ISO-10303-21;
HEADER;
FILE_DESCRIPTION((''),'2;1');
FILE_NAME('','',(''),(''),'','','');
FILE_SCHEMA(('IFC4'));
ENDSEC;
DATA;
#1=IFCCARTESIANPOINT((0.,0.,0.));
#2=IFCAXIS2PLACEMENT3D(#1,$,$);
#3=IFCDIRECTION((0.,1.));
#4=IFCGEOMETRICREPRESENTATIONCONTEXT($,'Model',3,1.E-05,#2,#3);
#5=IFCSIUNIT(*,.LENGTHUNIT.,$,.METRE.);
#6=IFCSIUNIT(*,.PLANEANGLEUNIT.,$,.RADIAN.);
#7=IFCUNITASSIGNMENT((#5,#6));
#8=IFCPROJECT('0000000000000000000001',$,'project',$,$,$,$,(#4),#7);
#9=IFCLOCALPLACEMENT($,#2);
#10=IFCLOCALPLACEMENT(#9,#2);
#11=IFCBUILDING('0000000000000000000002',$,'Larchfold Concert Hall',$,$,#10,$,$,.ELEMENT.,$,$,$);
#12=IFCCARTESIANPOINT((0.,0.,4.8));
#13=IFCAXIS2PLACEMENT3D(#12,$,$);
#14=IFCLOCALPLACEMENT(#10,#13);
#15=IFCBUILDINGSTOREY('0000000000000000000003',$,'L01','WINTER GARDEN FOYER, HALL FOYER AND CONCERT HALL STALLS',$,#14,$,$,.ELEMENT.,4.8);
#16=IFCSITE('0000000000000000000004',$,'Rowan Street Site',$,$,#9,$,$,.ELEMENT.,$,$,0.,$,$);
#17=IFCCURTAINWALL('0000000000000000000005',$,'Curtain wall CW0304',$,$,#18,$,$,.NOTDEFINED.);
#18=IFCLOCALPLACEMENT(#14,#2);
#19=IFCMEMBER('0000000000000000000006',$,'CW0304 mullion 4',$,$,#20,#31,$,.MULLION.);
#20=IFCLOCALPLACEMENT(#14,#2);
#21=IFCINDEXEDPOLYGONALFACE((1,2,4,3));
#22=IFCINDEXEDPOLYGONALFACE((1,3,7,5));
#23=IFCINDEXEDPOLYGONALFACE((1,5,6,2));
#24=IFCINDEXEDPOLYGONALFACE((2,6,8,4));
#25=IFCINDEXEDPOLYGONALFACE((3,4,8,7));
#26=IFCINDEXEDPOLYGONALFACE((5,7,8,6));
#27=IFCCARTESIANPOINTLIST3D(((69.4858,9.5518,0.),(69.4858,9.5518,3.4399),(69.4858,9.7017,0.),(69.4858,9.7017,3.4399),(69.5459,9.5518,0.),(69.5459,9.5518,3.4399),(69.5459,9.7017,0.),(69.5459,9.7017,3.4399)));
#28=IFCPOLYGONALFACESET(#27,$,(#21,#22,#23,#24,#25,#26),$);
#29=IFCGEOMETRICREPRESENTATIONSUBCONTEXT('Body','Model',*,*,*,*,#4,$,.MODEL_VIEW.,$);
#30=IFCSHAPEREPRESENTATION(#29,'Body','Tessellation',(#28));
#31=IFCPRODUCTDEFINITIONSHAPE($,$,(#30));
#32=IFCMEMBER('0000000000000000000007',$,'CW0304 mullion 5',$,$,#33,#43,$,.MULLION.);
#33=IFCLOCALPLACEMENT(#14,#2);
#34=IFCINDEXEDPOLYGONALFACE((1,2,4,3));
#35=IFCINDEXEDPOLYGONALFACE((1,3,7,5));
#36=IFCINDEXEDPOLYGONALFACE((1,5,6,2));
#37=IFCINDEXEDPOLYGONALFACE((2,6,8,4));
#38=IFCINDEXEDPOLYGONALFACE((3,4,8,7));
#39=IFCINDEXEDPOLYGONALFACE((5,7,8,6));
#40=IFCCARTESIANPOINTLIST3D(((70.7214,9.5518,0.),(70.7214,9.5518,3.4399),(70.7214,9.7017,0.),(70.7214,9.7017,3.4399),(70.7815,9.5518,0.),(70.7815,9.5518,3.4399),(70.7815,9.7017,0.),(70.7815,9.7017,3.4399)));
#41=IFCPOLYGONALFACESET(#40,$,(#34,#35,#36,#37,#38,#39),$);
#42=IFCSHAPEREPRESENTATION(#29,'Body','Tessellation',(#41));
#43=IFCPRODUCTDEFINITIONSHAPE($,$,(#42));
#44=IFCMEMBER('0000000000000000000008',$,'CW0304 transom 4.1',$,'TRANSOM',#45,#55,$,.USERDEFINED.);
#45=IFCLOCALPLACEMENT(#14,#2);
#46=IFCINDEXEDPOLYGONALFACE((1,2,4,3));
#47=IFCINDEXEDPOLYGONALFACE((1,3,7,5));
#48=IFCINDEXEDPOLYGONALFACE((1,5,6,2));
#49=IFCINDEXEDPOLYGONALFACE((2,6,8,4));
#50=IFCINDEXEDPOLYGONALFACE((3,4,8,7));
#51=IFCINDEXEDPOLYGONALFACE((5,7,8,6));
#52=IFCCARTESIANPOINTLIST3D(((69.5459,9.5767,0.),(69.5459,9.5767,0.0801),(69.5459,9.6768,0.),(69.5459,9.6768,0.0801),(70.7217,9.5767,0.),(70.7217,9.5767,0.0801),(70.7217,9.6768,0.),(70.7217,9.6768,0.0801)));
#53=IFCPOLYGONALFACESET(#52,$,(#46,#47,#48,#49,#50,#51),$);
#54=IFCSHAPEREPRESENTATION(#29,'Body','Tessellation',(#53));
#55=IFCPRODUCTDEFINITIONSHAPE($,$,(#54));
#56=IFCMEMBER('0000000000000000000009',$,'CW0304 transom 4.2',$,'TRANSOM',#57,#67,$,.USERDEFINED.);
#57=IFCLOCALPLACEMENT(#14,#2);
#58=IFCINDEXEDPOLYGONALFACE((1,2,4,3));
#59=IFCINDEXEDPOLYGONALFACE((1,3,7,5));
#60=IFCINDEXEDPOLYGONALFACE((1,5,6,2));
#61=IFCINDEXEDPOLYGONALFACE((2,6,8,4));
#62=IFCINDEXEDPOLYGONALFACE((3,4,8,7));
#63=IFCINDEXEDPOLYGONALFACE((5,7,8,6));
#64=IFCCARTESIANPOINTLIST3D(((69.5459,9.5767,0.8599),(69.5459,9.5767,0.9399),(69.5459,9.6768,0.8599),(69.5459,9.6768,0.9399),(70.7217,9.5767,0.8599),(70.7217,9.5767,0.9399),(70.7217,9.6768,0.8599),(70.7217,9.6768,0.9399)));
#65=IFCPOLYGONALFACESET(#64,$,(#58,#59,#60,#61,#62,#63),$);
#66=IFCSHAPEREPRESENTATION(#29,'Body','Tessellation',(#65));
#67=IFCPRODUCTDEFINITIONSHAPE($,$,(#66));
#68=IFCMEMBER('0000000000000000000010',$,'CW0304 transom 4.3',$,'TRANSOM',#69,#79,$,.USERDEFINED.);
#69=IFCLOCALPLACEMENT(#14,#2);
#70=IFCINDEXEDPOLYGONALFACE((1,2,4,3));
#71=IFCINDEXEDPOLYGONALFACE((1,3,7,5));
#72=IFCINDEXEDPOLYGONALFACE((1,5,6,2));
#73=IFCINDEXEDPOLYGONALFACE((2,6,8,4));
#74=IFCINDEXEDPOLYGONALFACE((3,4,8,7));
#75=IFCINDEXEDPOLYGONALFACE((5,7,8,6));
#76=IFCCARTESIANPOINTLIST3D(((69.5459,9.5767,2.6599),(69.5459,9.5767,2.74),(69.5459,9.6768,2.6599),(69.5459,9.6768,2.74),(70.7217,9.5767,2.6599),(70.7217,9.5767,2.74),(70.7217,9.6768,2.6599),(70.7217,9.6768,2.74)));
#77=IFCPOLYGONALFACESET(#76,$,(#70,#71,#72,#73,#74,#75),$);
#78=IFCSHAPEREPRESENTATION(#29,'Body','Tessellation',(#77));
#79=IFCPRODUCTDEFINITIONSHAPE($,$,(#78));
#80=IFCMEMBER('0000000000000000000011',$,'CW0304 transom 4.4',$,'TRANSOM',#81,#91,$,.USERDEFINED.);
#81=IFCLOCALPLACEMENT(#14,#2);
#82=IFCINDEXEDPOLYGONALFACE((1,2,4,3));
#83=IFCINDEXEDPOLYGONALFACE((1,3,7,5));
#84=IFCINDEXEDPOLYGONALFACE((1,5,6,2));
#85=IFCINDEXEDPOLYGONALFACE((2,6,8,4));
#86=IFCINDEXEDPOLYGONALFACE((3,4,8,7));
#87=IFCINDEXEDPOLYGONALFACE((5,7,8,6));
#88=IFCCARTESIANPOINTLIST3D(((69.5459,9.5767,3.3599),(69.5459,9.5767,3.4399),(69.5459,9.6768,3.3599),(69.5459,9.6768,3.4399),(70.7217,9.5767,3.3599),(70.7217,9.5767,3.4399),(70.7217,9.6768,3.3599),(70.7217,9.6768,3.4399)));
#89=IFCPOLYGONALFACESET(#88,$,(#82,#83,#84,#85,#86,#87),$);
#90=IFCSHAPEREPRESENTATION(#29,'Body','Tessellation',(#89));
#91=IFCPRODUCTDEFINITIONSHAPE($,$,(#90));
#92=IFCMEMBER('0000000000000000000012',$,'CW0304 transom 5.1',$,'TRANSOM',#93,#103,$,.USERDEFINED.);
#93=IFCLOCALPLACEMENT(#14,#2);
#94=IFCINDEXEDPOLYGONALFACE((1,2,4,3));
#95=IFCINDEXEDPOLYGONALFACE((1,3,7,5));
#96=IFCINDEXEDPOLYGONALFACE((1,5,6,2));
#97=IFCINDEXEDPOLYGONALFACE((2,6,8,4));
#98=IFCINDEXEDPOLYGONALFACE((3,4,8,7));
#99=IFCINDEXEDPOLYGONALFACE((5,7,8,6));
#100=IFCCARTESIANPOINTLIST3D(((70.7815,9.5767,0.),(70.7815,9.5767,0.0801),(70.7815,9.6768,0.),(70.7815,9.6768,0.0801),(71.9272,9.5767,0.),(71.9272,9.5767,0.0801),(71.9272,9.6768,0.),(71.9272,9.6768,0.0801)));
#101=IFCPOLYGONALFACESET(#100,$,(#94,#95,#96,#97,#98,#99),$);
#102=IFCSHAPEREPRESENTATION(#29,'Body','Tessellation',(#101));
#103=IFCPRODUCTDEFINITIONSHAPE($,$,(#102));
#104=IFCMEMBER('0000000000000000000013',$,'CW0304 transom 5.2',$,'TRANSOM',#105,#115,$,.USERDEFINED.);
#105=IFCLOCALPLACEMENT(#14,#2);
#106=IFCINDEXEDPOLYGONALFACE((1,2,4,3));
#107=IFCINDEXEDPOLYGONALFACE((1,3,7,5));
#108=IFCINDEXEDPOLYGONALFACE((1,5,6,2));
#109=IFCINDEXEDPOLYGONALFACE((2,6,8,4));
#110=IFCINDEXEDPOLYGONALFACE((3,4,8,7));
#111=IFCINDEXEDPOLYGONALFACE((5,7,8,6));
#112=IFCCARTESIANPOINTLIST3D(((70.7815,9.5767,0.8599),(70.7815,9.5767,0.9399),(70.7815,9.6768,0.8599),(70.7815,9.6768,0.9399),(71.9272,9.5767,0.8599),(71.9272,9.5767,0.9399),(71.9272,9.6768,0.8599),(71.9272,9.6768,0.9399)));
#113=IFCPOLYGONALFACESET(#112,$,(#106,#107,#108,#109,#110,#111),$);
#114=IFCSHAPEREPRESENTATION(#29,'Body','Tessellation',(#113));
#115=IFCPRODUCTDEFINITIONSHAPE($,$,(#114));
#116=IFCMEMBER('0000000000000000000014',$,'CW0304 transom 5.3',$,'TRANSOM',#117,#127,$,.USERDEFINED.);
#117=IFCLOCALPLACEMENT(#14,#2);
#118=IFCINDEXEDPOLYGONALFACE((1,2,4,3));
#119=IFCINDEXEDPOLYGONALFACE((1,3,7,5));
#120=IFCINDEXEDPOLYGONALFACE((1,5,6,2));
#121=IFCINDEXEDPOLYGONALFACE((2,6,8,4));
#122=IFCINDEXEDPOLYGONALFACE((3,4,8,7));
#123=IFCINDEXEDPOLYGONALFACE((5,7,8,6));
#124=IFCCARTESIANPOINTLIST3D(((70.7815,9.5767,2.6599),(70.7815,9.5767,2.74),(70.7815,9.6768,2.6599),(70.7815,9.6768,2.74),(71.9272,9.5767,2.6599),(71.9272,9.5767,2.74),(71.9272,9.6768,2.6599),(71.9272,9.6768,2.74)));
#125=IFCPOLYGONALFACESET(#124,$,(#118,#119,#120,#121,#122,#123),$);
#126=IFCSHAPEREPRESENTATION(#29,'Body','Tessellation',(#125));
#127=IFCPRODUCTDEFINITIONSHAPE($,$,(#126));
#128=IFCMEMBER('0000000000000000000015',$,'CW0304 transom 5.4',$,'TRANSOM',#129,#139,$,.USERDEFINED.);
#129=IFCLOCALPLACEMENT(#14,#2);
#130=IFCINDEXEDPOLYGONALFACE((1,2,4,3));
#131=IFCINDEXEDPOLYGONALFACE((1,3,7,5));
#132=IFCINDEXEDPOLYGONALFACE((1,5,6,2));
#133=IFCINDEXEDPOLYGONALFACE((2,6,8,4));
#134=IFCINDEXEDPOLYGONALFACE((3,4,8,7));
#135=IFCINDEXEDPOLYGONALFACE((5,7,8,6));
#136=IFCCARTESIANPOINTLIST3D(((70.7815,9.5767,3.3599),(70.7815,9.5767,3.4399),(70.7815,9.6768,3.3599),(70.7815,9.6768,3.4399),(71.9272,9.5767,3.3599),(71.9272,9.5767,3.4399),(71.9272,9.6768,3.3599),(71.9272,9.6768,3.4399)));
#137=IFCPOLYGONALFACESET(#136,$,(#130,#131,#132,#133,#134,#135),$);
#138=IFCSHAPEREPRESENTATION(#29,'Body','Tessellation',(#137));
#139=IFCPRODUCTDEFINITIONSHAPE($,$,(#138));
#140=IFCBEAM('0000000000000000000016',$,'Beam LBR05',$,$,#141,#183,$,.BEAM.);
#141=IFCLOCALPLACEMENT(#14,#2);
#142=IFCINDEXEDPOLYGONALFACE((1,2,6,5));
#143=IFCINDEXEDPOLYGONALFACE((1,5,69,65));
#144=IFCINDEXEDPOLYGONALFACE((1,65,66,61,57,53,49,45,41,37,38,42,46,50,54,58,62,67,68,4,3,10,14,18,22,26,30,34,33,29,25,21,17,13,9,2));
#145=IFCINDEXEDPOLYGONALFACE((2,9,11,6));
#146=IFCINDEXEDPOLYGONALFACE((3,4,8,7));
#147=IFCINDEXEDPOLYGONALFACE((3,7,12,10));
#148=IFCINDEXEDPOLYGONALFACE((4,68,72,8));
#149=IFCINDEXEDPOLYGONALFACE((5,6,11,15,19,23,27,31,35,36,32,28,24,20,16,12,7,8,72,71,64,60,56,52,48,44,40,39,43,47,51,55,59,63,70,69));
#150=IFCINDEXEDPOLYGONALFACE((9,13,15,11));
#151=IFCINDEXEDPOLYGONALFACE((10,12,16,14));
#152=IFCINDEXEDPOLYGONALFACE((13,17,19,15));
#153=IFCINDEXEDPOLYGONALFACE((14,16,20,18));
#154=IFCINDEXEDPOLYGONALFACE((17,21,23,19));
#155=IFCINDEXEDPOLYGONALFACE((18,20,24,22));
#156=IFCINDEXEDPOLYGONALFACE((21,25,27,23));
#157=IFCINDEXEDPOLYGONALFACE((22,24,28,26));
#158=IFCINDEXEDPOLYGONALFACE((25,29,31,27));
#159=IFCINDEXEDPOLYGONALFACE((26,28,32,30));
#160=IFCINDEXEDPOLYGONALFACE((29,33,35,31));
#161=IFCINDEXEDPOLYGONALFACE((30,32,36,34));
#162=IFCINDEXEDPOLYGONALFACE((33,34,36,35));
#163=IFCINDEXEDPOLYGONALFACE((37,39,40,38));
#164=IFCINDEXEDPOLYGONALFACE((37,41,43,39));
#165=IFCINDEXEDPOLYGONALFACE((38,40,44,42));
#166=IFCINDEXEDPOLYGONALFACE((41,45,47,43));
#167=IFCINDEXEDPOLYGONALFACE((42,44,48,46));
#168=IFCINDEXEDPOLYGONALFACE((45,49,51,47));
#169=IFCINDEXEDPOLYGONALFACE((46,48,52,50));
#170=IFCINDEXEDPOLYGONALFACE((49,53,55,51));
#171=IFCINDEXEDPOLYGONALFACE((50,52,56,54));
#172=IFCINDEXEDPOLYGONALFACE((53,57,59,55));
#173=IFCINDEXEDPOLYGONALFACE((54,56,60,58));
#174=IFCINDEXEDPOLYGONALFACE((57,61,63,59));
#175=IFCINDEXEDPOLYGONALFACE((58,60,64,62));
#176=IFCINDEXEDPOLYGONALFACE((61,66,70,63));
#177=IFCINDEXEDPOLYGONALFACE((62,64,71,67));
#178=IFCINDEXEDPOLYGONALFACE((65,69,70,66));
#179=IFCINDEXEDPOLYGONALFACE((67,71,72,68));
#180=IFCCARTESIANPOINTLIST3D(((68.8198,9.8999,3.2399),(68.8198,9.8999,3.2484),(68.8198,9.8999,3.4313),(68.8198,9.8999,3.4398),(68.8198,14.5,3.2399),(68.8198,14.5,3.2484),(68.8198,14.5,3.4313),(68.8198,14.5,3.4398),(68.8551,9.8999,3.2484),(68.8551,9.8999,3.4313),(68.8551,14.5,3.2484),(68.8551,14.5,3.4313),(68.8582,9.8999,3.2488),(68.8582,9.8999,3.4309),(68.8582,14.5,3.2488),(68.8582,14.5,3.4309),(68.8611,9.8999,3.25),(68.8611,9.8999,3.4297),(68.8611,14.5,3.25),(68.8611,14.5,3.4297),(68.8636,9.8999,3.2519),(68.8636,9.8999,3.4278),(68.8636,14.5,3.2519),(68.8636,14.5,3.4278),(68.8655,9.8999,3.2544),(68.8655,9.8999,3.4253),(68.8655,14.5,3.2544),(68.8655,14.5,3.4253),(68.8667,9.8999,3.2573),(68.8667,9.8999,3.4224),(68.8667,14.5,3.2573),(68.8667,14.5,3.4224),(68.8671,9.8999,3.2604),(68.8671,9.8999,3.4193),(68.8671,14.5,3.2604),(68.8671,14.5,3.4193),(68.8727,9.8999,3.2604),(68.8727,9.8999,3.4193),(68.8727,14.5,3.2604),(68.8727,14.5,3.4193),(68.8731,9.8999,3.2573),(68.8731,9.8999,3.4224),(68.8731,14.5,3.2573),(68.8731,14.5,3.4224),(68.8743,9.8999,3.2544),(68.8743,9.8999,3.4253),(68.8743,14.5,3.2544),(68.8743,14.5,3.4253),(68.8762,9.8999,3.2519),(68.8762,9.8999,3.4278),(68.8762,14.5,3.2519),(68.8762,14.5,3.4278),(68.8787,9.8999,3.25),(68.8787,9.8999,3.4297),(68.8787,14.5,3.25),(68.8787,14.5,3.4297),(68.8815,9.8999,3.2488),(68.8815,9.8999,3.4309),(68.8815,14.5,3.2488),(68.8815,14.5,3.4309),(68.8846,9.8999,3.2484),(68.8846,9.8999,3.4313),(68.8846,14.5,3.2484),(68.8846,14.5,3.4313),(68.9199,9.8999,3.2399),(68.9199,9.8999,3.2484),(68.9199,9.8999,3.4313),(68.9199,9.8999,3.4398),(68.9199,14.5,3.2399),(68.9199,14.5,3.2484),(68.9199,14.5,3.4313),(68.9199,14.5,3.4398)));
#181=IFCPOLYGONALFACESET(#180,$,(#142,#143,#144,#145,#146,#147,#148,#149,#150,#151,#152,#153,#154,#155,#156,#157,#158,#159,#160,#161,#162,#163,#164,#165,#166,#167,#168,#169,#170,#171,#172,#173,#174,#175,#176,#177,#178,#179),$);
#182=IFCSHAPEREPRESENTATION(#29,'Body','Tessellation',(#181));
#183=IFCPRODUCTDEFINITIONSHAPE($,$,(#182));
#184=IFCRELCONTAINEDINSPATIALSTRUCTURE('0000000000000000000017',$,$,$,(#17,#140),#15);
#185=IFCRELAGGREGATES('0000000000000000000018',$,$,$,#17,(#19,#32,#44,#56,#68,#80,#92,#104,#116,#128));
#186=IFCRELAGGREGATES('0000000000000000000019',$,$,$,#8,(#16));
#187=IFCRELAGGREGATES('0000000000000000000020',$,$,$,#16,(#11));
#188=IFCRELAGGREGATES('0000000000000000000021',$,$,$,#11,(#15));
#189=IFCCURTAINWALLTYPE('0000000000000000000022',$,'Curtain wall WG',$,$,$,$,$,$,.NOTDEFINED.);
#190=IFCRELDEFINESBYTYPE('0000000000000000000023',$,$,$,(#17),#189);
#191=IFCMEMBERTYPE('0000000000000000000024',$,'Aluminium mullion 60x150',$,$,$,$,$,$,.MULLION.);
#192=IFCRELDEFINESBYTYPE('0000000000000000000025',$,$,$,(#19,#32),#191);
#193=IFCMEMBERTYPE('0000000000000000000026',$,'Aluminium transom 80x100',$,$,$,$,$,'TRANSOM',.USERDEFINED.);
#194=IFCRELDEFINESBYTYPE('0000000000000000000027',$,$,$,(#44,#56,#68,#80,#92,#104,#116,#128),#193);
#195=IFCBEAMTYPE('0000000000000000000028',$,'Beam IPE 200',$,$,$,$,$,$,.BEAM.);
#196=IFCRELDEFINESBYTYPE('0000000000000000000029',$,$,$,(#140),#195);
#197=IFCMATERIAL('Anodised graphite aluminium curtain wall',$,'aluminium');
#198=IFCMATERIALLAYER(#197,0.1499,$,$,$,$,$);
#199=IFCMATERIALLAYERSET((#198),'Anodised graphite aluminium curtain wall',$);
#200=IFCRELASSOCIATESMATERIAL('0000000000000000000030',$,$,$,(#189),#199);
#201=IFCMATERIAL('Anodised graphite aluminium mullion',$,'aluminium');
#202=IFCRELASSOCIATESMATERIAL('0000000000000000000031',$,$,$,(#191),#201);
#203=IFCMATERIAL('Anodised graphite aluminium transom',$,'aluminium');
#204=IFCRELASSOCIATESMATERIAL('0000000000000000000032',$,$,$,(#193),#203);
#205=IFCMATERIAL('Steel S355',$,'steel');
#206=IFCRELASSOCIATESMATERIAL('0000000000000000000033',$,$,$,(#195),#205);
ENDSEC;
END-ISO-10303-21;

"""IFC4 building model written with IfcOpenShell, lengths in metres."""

from ifc_helpers import new_model, si_unit, direction, frame, origin, origin_2d, place, context, subcontext, project, spatial, rectangle, i_section, extrude, material, layer, layer_set, material_profile, profile_set, type_object, element, aggregate, save


model = new_model("IFC4")

# Units and contexts
model_context = context("Model", 3, precision=1e-05, world=origin(), true_north=direction((0.0, 1.0)))
body_context = subcontext(model_context, "Body", "Model", "MODEL_VIEW")
ifc_project = project(units=[si_unit("LENGTHUNIT", "METRE"), si_unit("PLANEANGLEUNIT", "RADIAN")], contexts=[model_context])

# Site, building, storey
site_placement = place(None, origin())
site = spatial("IfcSite", under=ifc_project, at=site_placement, Name="Rowan Street Site", CompositionType="ELEMENT", RefElevation=0.0)
building_placement = place(site_placement, origin())
building = spatial("IfcBuilding", under=site, at=building_placement, Name="Larchfold Concert Hall", CompositionType="ELEMENT")
storey_placement = place(building_placement, frame((0.0, 0.0, 4.8)))
storey = spatial("IfcBuildingStorey", under=building, at=storey_placement, Name="L01", Description="WINTER GARDEN FOYER, HALL FOYER AND CONCERT HALL STALLS", CompositionType="ELEMENT", Elevation=4.8)

# Curtain wall, members
ifc_material_1 = material(Name="Anodised graphite aluminium curtain wall", Category="aluminium")
ifc_layer_1 = layer(ifc_material_1, 0.1499)
ifc_layer_set_1 = layer_set([ifc_layer_1], Name="Anodised graphite aluminium curtain wall")
curtain_wall_type = type_object("IfcCurtainWallType", Name="Curtain wall WG", PredefinedType="NOTDEFINED", material=ifc_layer_set_1)
curtain_wall_placement = place(storey_placement, origin())
curtain_wall = element("IfcCurtainWall", 1, at=curtain_wall_placement, inside=storey, type_object=curtain_wall_type, Name="Curtain wall CW0304", PredefinedType="NOTDEFINED")
ifc_material_2 = material(Name="Anodised graphite aluminium mullion", Category="aluminium")
ifc_material_profile_1 = material_profile(ifc_material_2, rectangle(XDim=0.1499, YDim=0.0601, at=origin_2d()))
ifc_profile_set_1 = profile_set([ifc_material_profile_1], Name="Anodised graphite aluminium mullion")
member_type_1 = type_object("IfcMemberType", Name="Aluminium mullion 60x150", PredefinedType="MULLION", material=ifc_profile_set_1)
member_1_placement = place(storey_placement, frame((69.5159, 9.6267, 0.0), z_axis=(0.0, 0.0, 1.0), x_axis=(0.0, 1.0, 0.0)))
member_1 = element("IfcMember", 2, at=member_1_placement, type_object=member_type_1, Name="CW0304 mullion 4", PredefinedType="MULLION", context=body_context, shape_type="SweptSolid", body=[
    extrude(rectangle(XDim=0.1499, YDim=0.0601, at=origin_2d()), origin(), (0.0, 0.0, 1.0), 3.4399),
])
member_2_placement = place(storey_placement, frame((70.7515, 9.6267, 0.0), z_axis=(0.0, 0.0, 1.0), x_axis=(0.0, 1.0, 0.0)))
member_2 = element("IfcMember", 3, at=member_2_placement, type_object=member_type_1, Name="CW0304 mullion 5", PredefinedType="MULLION", context=body_context, shape_type="SweptSolid", body=[
    extrude(rectangle(XDim=0.1499, YDim=0.0601, at=origin_2d()), origin(), (0.0, 0.0, 1.0), 3.4399),
])
ifc_material_3 = material(Name="Anodised graphite aluminium transom", Category="aluminium")
ifc_material_profile_2 = material_profile(ifc_material_3, rectangle(XDim=0.1001, YDim=0.0801, at=origin_2d()))
ifc_profile_set_2 = profile_set([ifc_material_profile_2], Name="Anodised graphite aluminium transom")
member_type_2 = type_object("IfcMemberType", Name="Aluminium transom 80x100", ElementType="TRANSOM", PredefinedType="USERDEFINED", material=ifc_profile_set_2)
member_3_placement = place(storey_placement, frame((69.5459, 9.6267, 0.04), z_axis=(1.0, 0.0, 0.0), x_axis=(0.0, 1.0, 0.0)))
member_3 = element("IfcMember", 4, at=member_3_placement, type_object=member_type_2, Name="CW0304 transom 4.1", ObjectType="TRANSOM", PredefinedType="USERDEFINED", context=body_context, shape_type="SweptSolid", body=[
    extrude(rectangle(XDim=0.1001, YDim=0.0801, at=origin_2d()), origin(), (0.0, 0.0, 1.0), 1.1758),
])
member_4_placement = place(storey_placement, frame((69.5459, 9.6267, 0.8999), z_axis=(1.0, 0.0, 0.0), x_axis=(0.0, 1.0, 0.0)))
member_4 = element("IfcMember", 5, at=member_4_placement, type_object=member_type_2, Name="CW0304 transom 4.2", ObjectType="TRANSOM", PredefinedType="USERDEFINED", context=body_context, shape_type="SweptSolid", body=[
    extrude(rectangle(XDim=0.1001, YDim=0.0801, at=origin_2d()), origin(), (0.0, 0.0, 1.0), 1.1758),
])
member_5_placement = place(storey_placement, frame((69.5459, 9.6267, 2.7), z_axis=(1.0, 0.0, 0.0), x_axis=(0.0, 1.0, 0.0)))
member_5 = element("IfcMember", 6, at=member_5_placement, type_object=member_type_2, Name="CW0304 transom 4.3", ObjectType="TRANSOM", PredefinedType="USERDEFINED", context=body_context, shape_type="SweptSolid", body=[
    extrude(rectangle(XDim=0.1001, YDim=0.0801, at=origin_2d()), origin(), (0.0, 0.0, 1.0), 1.1758),
])
member_6_placement = place(storey_placement, frame((69.5459, 9.6267, 3.3999), z_axis=(1.0, 0.0, 0.0), x_axis=(0.0, 1.0, 0.0)))
member_6 = element("IfcMember", 7, at=member_6_placement, type_object=member_type_2, Name="CW0304 transom 4.4", ObjectType="TRANSOM", PredefinedType="USERDEFINED", context=body_context, shape_type="SweptSolid", body=[
    extrude(rectangle(XDim=0.1001, YDim=0.0801, at=origin_2d()), origin(), (0.0, 0.0, 1.0), 1.1758),
])
member_7_placement = place(storey_placement, frame((70.7815, 9.6267, 0.04), z_axis=(1.0, 0.0, 0.0), x_axis=(0.0, 1.0, 0.0)))
member_7 = element("IfcMember", 8, at=member_7_placement, type_object=member_type_2, Name="CW0304 transom 5.1", ObjectType="TRANSOM", PredefinedType="USERDEFINED", context=body_context, shape_type="SweptSolid", body=[
    extrude(rectangle(XDim=0.1001, YDim=0.0801, at=origin_2d()), origin(), (0.0, 0.0, 1.0), 1.1458),
])
member_8_placement = place(storey_placement, frame((70.7815, 9.6267, 0.8999), z_axis=(1.0, 0.0, 0.0), x_axis=(0.0, 1.0, 0.0)))
member_8 = element("IfcMember", 9, at=member_8_placement, type_object=member_type_2, Name="CW0304 transom 5.2", ObjectType="TRANSOM", PredefinedType="USERDEFINED", context=body_context, shape_type="SweptSolid", body=[
    extrude(rectangle(XDim=0.1001, YDim=0.0801, at=origin_2d()), origin(), (0.0, 0.0, 1.0), 1.1458),
])
member_9_placement = place(storey_placement, frame((70.7815, 9.6267, 2.7), z_axis=(1.0, 0.0, 0.0), x_axis=(0.0, 1.0, 0.0)))
member_9 = element("IfcMember", 10, at=member_9_placement, type_object=member_type_2, Name="CW0304 transom 5.3", ObjectType="TRANSOM", PredefinedType="USERDEFINED", context=body_context, shape_type="SweptSolid", body=[
    extrude(rectangle(XDim=0.1001, YDim=0.0801, at=origin_2d()), origin(), (0.0, 0.0, 1.0), 1.1458),
])
member_10_placement = place(storey_placement, frame((70.7815, 9.6267, 3.3999), z_axis=(1.0, 0.0, 0.0), x_axis=(0.0, 1.0, 0.0)))
member_10 = element("IfcMember", 11, at=member_10_placement, type_object=member_type_2, Name="CW0304 transom 5.4", ObjectType="TRANSOM", PredefinedType="USERDEFINED", context=body_context, shape_type="SweptSolid", body=[
    extrude(rectangle(XDim=0.1001, YDim=0.0801, at=origin_2d()), origin(), (0.0, 0.0, 1.0), 1.1458),
])

# Beam
ifc_material_4 = material(Name="Steel S355", Category="steel")
ifc_material_profile_3 = material_profile(ifc_material_4, i_section(OverallWidth=0.1001, OverallDepth=0.2, WebThickness=0.0056, FlangeThickness=0.0085, FilletRadius=0.012, at=origin_2d()))
ifc_profile_set_3 = profile_set([ifc_material_profile_3], Name="Steel S355")
beam_type_1 = type_object("IfcBeamType", Name="Beam IPE 200", PredefinedType="BEAM", material=ifc_profile_set_3)
for number, where, z_axis, x_axis, name in (
    (12, (68.8699, 9.8999, 3.3398), (0.0, 1.0, 0.0), (-1.0, 0.0, 0.0), "Beam LBR05"),
):
    element("IfcBeam", number, at=place(storey_placement, frame(where, z_axis=z_axis, x_axis=x_axis)), inside=storey, type_object=beam_type_1, Name=name, PredefinedType="BEAM", context=body_context, shape_type="SweptSolid", body=[
        extrude(i_section(OverallWidth=0.1001, OverallDepth=0.2, WebThickness=0.0056, FlangeThickness=0.0085, FilletRadius=0.012, at=origin_2d()), origin(), (0.0, 0.0, 1.0), 4.6001),
    ])

aggregate(curtain_wall, [member_1, member_2, member_3, member_4, member_5, member_6, member_7, member_8, member_9, member_10])

save(model, "model.ifc")
